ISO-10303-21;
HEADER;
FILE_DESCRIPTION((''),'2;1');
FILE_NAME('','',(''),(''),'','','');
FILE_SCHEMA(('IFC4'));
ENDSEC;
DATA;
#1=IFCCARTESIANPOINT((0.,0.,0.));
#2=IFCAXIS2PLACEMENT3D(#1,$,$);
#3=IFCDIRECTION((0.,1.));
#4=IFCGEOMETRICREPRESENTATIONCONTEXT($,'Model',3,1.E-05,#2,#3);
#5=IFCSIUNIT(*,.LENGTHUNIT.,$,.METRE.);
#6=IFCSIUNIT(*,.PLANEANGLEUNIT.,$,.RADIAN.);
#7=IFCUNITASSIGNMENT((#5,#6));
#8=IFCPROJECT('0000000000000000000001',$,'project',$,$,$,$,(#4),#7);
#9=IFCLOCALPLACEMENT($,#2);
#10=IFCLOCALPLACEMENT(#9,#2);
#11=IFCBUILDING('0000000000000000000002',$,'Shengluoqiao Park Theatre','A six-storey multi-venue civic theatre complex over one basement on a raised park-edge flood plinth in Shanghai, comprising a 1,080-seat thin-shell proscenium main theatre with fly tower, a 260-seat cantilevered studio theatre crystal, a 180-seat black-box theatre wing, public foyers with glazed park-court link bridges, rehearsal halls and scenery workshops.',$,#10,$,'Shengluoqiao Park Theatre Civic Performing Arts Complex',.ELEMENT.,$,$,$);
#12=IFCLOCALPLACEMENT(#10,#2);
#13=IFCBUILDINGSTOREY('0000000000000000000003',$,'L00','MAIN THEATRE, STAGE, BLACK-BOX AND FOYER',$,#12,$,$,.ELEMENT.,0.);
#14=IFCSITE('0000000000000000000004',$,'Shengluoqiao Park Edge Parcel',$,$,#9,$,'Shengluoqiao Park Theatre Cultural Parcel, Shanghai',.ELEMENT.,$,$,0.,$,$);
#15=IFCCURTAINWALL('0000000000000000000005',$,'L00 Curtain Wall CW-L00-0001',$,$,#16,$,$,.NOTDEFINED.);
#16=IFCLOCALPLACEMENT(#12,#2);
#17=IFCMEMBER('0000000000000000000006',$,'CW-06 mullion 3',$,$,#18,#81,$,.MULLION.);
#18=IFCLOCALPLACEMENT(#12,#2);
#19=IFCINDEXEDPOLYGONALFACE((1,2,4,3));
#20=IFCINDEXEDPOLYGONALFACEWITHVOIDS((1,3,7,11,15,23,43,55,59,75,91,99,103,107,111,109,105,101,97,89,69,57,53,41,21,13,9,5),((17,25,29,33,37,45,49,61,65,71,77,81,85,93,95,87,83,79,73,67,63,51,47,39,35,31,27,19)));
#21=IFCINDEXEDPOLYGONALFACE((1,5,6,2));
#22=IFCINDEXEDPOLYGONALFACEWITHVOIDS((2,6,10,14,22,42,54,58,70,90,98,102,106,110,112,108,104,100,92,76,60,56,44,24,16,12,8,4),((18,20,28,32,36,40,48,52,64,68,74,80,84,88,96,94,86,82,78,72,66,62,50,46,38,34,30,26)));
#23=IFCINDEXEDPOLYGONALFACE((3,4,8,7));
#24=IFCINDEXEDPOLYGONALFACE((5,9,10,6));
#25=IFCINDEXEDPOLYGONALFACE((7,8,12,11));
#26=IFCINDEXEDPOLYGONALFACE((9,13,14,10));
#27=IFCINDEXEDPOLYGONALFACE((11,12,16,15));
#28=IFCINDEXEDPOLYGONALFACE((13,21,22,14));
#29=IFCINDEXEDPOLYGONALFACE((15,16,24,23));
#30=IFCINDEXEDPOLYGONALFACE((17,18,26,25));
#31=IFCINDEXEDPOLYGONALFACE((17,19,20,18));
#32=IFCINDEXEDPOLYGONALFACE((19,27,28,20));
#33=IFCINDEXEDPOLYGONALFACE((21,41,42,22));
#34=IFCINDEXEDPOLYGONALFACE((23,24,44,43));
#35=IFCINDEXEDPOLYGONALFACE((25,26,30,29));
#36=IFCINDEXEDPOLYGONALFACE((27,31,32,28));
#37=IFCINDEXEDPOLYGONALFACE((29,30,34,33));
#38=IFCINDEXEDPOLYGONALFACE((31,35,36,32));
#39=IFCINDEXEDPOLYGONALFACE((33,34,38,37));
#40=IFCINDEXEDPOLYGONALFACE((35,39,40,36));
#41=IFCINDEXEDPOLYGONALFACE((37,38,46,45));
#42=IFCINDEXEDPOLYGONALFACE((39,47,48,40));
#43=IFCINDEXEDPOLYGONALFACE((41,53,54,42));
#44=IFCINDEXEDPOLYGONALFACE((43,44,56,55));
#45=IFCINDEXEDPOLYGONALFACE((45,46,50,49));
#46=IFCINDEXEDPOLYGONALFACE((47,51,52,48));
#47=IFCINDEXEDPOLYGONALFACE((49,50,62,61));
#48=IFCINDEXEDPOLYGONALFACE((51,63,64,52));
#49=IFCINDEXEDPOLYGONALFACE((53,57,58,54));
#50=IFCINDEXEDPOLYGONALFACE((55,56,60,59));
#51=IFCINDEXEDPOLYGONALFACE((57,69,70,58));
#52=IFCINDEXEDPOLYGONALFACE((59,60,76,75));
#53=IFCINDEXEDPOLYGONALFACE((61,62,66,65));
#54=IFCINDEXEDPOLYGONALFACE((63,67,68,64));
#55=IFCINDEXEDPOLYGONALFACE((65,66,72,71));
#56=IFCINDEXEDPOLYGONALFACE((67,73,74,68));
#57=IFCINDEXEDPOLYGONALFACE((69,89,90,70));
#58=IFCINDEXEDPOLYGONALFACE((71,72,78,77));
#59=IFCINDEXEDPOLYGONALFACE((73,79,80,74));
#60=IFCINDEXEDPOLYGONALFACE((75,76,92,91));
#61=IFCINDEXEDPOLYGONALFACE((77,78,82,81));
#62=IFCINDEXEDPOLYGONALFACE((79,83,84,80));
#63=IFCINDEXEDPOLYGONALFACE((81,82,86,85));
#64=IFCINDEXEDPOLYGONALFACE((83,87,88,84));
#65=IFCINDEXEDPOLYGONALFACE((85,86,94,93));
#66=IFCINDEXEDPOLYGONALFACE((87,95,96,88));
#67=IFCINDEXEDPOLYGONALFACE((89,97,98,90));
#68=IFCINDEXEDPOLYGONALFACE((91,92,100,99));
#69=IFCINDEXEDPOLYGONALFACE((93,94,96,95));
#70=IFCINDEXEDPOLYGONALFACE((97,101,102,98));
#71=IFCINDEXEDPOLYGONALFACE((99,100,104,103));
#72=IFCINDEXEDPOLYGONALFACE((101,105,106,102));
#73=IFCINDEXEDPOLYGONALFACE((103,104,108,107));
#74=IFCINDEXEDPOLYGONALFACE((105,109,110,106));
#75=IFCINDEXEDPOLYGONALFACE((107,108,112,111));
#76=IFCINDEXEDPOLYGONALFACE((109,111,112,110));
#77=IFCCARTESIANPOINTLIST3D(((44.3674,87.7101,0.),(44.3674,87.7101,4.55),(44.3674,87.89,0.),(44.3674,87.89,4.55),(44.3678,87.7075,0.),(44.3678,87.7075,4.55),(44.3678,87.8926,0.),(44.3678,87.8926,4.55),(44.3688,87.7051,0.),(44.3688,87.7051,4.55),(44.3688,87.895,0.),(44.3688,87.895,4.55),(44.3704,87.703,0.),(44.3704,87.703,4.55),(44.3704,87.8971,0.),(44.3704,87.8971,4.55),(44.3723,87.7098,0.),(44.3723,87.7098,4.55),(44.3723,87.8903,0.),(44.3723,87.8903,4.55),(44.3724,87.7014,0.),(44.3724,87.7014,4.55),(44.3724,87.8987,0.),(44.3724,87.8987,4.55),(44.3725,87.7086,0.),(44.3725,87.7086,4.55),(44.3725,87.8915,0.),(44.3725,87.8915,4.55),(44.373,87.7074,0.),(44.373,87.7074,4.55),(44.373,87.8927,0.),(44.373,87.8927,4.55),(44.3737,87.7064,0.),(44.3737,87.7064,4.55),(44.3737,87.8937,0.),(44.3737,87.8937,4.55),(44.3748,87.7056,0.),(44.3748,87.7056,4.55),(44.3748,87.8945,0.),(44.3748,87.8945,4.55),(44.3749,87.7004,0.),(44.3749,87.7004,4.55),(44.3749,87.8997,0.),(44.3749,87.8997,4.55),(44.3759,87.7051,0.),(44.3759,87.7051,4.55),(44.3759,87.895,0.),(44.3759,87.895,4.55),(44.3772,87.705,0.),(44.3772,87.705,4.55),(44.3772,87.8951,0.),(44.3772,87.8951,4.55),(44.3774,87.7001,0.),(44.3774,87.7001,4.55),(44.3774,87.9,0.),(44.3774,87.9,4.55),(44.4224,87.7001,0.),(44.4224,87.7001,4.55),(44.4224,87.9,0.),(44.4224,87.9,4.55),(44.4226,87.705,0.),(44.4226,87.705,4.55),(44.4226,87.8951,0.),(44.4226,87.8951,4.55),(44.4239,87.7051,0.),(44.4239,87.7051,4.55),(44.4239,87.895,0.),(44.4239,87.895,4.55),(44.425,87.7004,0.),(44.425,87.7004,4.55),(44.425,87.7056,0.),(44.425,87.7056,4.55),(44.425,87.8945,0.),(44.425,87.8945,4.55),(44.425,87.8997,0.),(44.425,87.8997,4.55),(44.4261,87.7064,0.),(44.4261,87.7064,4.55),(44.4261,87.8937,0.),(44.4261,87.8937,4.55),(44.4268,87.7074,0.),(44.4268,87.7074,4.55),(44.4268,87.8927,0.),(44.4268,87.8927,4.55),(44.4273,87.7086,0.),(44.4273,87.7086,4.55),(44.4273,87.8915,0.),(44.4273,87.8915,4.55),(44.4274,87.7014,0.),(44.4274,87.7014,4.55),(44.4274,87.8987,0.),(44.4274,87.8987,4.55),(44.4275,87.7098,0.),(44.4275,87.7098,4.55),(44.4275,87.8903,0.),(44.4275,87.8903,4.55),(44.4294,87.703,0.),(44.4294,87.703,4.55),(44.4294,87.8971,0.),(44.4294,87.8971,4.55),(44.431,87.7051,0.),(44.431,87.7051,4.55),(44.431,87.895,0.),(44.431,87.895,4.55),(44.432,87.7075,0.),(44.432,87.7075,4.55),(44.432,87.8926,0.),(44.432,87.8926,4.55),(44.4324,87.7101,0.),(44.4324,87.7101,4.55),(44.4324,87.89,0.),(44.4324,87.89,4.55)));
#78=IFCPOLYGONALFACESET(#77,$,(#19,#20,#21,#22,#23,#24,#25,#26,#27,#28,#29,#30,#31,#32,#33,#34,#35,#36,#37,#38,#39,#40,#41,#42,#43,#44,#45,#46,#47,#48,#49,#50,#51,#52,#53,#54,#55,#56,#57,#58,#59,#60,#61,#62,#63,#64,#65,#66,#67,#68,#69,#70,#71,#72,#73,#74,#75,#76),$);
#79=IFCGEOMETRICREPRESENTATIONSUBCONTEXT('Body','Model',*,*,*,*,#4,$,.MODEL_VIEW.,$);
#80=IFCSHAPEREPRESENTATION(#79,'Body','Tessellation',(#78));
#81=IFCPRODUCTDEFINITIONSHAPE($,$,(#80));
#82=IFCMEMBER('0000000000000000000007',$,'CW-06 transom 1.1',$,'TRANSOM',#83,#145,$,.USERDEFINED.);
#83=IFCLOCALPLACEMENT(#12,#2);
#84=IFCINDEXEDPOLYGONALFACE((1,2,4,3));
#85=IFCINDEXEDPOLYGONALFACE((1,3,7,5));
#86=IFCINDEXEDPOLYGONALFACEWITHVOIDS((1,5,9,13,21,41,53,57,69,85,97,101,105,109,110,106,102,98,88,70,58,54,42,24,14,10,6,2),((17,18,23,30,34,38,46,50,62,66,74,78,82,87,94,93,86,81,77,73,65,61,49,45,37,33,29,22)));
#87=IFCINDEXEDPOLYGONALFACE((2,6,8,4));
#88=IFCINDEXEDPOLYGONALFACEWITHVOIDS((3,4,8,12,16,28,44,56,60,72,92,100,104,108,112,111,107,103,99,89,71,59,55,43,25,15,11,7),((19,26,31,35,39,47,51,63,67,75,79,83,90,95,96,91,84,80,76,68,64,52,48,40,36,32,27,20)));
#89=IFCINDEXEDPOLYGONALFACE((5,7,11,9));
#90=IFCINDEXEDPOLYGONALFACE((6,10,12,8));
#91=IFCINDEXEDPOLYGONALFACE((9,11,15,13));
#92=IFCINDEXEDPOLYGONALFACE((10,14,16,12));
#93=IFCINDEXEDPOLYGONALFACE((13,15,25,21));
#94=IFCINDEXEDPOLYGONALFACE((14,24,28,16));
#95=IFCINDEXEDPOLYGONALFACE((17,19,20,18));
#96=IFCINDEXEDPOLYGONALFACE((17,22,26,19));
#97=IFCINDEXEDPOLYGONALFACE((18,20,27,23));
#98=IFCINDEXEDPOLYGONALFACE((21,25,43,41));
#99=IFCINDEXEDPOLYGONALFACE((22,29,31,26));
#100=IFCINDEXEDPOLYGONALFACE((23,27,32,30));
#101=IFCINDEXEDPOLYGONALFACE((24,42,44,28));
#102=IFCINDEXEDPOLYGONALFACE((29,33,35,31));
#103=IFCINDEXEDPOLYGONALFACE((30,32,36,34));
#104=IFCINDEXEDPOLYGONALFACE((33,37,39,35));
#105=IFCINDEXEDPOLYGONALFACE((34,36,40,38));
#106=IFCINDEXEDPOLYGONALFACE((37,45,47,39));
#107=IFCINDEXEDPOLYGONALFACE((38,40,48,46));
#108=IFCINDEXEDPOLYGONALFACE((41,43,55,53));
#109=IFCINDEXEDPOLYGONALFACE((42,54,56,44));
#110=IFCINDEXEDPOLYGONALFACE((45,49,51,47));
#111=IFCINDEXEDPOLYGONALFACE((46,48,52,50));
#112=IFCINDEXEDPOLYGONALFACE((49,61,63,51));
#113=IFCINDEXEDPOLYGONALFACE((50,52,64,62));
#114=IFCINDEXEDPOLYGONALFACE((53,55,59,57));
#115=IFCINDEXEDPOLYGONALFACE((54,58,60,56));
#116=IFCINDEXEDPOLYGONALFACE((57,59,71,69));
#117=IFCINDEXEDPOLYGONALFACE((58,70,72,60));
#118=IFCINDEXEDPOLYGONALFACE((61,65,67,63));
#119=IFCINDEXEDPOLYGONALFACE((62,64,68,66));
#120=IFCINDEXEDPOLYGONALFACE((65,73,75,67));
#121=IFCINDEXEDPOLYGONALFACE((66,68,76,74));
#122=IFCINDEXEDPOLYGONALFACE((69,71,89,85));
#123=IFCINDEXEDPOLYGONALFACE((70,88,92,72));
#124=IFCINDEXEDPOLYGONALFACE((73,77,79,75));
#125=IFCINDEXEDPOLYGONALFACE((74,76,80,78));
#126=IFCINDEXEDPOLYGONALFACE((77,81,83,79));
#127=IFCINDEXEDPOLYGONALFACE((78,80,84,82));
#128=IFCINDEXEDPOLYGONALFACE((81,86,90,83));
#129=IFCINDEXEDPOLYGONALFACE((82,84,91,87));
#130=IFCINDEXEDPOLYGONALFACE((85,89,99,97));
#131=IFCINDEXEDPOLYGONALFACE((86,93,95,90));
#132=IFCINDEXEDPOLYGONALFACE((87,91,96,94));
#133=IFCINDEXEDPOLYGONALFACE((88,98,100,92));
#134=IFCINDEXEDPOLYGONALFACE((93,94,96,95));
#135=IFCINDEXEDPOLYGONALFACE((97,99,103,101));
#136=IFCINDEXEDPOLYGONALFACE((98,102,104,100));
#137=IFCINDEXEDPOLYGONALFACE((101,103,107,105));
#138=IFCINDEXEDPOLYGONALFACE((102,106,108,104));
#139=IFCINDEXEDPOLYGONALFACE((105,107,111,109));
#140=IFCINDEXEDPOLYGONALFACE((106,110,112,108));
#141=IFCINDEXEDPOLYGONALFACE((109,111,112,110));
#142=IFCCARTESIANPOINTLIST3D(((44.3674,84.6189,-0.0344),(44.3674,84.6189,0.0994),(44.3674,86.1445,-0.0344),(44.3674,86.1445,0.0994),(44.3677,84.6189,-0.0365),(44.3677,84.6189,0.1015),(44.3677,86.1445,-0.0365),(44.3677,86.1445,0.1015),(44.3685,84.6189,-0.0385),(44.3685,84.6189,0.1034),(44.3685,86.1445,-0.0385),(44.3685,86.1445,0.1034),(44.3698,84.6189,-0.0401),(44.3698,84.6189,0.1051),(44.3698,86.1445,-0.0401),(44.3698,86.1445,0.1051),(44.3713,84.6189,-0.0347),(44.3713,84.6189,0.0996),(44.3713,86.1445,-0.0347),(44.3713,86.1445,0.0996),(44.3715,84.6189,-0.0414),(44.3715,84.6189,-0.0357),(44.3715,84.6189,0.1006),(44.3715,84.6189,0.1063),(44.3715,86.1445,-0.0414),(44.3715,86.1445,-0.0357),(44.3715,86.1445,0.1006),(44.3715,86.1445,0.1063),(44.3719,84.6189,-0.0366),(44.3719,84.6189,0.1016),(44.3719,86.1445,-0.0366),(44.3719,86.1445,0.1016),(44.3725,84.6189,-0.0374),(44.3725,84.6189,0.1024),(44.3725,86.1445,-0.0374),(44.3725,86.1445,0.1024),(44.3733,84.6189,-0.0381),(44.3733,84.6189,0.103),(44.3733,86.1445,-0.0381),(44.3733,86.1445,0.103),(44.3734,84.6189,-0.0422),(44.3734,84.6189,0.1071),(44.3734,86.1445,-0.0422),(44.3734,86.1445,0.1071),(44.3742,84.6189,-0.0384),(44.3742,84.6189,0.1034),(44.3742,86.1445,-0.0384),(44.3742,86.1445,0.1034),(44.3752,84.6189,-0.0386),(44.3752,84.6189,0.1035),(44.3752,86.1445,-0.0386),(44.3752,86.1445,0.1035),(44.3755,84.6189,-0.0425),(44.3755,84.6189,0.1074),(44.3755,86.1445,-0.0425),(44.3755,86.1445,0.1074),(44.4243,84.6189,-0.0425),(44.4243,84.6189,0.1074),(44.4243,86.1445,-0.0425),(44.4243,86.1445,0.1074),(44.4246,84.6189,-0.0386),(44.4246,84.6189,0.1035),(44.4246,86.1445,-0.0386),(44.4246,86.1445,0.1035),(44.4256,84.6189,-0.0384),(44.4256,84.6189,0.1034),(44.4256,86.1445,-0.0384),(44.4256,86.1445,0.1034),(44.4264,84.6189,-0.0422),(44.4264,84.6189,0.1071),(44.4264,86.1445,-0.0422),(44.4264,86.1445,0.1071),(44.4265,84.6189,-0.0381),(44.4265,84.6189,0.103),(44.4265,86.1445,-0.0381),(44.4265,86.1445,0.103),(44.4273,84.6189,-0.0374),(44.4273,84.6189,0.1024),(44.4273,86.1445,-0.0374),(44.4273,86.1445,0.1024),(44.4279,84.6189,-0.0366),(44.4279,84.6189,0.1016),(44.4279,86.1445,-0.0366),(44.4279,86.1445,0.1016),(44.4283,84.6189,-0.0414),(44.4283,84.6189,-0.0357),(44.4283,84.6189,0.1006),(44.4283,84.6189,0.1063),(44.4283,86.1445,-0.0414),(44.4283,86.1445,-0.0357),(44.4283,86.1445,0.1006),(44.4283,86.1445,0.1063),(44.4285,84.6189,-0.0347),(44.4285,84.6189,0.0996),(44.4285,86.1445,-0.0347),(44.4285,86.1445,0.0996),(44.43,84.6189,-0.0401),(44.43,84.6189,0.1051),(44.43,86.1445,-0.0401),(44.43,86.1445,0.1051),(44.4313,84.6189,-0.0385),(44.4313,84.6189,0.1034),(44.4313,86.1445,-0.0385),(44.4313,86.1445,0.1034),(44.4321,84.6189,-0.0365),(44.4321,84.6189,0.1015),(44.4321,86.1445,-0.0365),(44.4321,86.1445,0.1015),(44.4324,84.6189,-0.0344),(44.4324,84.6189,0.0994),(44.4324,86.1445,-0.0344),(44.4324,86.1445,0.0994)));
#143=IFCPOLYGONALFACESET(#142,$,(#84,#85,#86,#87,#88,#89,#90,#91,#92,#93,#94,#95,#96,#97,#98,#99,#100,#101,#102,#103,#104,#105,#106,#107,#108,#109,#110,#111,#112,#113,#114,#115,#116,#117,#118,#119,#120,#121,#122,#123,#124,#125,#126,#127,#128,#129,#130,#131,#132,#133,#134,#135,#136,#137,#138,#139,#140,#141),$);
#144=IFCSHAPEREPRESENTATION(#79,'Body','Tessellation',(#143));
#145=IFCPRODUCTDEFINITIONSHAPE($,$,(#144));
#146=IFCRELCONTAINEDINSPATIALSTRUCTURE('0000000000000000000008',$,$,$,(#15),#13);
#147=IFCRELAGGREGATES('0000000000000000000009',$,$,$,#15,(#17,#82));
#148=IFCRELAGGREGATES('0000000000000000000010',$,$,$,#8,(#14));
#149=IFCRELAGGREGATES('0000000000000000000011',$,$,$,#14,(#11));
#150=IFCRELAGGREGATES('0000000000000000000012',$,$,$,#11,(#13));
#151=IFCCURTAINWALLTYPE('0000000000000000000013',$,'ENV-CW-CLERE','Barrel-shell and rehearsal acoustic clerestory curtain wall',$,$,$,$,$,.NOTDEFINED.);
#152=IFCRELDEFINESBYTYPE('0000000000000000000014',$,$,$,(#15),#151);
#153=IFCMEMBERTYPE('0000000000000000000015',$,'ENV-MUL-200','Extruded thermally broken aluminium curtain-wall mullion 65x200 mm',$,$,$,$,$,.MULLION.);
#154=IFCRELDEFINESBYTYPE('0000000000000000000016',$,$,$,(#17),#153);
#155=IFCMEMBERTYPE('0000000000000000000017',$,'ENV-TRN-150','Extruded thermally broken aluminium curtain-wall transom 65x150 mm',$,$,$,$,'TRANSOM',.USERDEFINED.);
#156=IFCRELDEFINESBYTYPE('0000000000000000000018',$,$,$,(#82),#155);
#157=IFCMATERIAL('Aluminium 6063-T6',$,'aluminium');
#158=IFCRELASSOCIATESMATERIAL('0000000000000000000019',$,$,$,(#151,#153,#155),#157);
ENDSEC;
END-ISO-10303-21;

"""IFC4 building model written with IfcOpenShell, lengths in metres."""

from ifc_helpers import new_model, si_unit, direction, frame, origin, origin_2d, place, context, subcontext, project, spatial, hollow_rectangle, extrude, material, material_profile, profile_set, type_object, element, aggregate, save


model = new_model("IFC4")

# Units and contexts
model_context = context("Model", 3, precision=1e-05, world=origin(), true_north=direction((0.0, 1.0)))
body_context = subcontext(model_context, "Body", "Model", "MODEL_VIEW")
ifc_project = project(units=[si_unit("LENGTHUNIT", "METRE"), si_unit("PLANEANGLEUNIT", "RADIAN")], contexts=[model_context])

# Site, building, storey
site_placement = place(None, origin())
site = spatial("IfcSite", under=ifc_project, at=site_placement, Name="Shengluoqiao Park Edge Parcel", LongName="Shengluoqiao Park Theatre Cultural Parcel, Shanghai", CompositionType="ELEMENT", RefElevation=0.0)
building_placement = place(site_placement, origin())
building = spatial("IfcBuilding", under=site, at=building_placement, Name="Shengluoqiao Park Theatre", Description="A six-storey multi-venue civic theatre complex over one basement on a raised park-edge flood plinth in Shanghai, comprising a 1,080-seat thin-shell proscenium main theatre with fly tower, a 260-seat cantilevered studio theatre crystal, a 180-seat black-box theatre wing, public foyers with glazed park-court link bridges, rehearsal halls and scenery workshops.", LongName="Shengluoqiao Park Theatre Civic Performing Arts Complex", CompositionType="ELEMENT")
storey_placement = place(building_placement, origin())
storey = spatial("IfcBuildingStorey", under=building, at=storey_placement, Name="L00", Description="MAIN THEATRE, STAGE, BLACK-BOX AND FOYER", CompositionType="ELEMENT", Elevation=0.0)

# Curtain wall, members
ifc_material_1 = material(Name="Aluminium 6063-T6", Category="aluminium")
curtain_wall_type = type_object("IfcCurtainWallType", Name="ENV-CW-CLERE", Description="Barrel-shell and rehearsal acoustic clerestory curtain wall", PredefinedType="NOTDEFINED", material=ifc_material_1)
curtain_wall_placement = place(storey_placement, origin())
curtain_wall = element("IfcCurtainWall", 1, at=curtain_wall_placement, inside=storey, type_object=curtain_wall_type, Name="L00 Curtain Wall CW-L00-0001", PredefinedType="NOTDEFINED")
ifc_material_profile_1 = material_profile(ifc_material_1, hollow_rectangle(XDim=0.0649, YDim=0.2, WallThickness=0.0049, InnerFilletRadius=0.0049, OuterFilletRadius=0.01, at=origin_2d()), Name="ALU MULLION 200x65x5")
ifc_profile_set_1 = profile_set([ifc_material_profile_1], Name="Aluminium 6063-T6")
member_type_1 = type_object("IfcMemberType", Name="ENV-MUL-200", Description="Extruded thermally broken aluminium curtain-wall mullion 65x200 mm", PredefinedType="MULLION", material=ifc_profile_set_1)
member_1_placement = place(storey_placement, frame((44.3999, 87.8, 0.0), z_axis=(0.0, 0.0, 1.0), x_axis=(-1.0, 0.0, 0.0)))
member_1 = element("IfcMember", 2, at=member_1_placement, type_object=member_type_1, Name="CW-06 mullion 3", PredefinedType="MULLION", context=body_context, shape_type="SweptSolid", body=[
    extrude(hollow_rectangle(XDim=0.0649, YDim=0.2, WallThickness=0.0049, InnerFilletRadius=0.0049, OuterFilletRadius=0.01, at=origin_2d()), origin(), (0.0, 0.0, 1.0), 4.55),
])
ifc_material_profile_2 = material_profile(ifc_material_1, hollow_rectangle(XDim=0.0649, YDim=0.1499, WallThickness=0.0039, InnerFilletRadius=0.0039, OuterFilletRadius=0.0081, at=origin_2d()), Name="ALU TRANSOM 150x65x4")
ifc_profile_set_2 = profile_set([ifc_material_profile_2], Name="Aluminium 6063-T6")
member_type_2 = type_object("IfcMemberType", Name="ENV-TRN-150", Description="Extruded thermally broken aluminium curtain-wall transom 65x150 mm", ElementType="TRANSOM", PredefinedType="USERDEFINED", material=ifc_profile_set_2)
member_2_placement = place(storey_placement, frame((44.3999, 84.6189, 0.0325), z_axis=(0.0, 1.0, 0.0), x_axis=(-1.0, 0.0, 0.0)))
member_2 = element("IfcMember", 3, at=member_2_placement, type_object=member_type_2, Name="CW-06 transom 1.1", ObjectType="TRANSOM", PredefinedType="USERDEFINED", context=body_context, shape_type="SweptSolid", body=[
    extrude(hollow_rectangle(XDim=0.0649, YDim=0.1499, WallThickness=0.0039, InnerFilletRadius=0.0039, OuterFilletRadius=0.0081, at=origin_2d()), origin(), (0.0, 0.0, 1.0), 1.5256),
])

aggregate(curtain_wall, [member_1, member_2])

save(model, "model.ifc")
